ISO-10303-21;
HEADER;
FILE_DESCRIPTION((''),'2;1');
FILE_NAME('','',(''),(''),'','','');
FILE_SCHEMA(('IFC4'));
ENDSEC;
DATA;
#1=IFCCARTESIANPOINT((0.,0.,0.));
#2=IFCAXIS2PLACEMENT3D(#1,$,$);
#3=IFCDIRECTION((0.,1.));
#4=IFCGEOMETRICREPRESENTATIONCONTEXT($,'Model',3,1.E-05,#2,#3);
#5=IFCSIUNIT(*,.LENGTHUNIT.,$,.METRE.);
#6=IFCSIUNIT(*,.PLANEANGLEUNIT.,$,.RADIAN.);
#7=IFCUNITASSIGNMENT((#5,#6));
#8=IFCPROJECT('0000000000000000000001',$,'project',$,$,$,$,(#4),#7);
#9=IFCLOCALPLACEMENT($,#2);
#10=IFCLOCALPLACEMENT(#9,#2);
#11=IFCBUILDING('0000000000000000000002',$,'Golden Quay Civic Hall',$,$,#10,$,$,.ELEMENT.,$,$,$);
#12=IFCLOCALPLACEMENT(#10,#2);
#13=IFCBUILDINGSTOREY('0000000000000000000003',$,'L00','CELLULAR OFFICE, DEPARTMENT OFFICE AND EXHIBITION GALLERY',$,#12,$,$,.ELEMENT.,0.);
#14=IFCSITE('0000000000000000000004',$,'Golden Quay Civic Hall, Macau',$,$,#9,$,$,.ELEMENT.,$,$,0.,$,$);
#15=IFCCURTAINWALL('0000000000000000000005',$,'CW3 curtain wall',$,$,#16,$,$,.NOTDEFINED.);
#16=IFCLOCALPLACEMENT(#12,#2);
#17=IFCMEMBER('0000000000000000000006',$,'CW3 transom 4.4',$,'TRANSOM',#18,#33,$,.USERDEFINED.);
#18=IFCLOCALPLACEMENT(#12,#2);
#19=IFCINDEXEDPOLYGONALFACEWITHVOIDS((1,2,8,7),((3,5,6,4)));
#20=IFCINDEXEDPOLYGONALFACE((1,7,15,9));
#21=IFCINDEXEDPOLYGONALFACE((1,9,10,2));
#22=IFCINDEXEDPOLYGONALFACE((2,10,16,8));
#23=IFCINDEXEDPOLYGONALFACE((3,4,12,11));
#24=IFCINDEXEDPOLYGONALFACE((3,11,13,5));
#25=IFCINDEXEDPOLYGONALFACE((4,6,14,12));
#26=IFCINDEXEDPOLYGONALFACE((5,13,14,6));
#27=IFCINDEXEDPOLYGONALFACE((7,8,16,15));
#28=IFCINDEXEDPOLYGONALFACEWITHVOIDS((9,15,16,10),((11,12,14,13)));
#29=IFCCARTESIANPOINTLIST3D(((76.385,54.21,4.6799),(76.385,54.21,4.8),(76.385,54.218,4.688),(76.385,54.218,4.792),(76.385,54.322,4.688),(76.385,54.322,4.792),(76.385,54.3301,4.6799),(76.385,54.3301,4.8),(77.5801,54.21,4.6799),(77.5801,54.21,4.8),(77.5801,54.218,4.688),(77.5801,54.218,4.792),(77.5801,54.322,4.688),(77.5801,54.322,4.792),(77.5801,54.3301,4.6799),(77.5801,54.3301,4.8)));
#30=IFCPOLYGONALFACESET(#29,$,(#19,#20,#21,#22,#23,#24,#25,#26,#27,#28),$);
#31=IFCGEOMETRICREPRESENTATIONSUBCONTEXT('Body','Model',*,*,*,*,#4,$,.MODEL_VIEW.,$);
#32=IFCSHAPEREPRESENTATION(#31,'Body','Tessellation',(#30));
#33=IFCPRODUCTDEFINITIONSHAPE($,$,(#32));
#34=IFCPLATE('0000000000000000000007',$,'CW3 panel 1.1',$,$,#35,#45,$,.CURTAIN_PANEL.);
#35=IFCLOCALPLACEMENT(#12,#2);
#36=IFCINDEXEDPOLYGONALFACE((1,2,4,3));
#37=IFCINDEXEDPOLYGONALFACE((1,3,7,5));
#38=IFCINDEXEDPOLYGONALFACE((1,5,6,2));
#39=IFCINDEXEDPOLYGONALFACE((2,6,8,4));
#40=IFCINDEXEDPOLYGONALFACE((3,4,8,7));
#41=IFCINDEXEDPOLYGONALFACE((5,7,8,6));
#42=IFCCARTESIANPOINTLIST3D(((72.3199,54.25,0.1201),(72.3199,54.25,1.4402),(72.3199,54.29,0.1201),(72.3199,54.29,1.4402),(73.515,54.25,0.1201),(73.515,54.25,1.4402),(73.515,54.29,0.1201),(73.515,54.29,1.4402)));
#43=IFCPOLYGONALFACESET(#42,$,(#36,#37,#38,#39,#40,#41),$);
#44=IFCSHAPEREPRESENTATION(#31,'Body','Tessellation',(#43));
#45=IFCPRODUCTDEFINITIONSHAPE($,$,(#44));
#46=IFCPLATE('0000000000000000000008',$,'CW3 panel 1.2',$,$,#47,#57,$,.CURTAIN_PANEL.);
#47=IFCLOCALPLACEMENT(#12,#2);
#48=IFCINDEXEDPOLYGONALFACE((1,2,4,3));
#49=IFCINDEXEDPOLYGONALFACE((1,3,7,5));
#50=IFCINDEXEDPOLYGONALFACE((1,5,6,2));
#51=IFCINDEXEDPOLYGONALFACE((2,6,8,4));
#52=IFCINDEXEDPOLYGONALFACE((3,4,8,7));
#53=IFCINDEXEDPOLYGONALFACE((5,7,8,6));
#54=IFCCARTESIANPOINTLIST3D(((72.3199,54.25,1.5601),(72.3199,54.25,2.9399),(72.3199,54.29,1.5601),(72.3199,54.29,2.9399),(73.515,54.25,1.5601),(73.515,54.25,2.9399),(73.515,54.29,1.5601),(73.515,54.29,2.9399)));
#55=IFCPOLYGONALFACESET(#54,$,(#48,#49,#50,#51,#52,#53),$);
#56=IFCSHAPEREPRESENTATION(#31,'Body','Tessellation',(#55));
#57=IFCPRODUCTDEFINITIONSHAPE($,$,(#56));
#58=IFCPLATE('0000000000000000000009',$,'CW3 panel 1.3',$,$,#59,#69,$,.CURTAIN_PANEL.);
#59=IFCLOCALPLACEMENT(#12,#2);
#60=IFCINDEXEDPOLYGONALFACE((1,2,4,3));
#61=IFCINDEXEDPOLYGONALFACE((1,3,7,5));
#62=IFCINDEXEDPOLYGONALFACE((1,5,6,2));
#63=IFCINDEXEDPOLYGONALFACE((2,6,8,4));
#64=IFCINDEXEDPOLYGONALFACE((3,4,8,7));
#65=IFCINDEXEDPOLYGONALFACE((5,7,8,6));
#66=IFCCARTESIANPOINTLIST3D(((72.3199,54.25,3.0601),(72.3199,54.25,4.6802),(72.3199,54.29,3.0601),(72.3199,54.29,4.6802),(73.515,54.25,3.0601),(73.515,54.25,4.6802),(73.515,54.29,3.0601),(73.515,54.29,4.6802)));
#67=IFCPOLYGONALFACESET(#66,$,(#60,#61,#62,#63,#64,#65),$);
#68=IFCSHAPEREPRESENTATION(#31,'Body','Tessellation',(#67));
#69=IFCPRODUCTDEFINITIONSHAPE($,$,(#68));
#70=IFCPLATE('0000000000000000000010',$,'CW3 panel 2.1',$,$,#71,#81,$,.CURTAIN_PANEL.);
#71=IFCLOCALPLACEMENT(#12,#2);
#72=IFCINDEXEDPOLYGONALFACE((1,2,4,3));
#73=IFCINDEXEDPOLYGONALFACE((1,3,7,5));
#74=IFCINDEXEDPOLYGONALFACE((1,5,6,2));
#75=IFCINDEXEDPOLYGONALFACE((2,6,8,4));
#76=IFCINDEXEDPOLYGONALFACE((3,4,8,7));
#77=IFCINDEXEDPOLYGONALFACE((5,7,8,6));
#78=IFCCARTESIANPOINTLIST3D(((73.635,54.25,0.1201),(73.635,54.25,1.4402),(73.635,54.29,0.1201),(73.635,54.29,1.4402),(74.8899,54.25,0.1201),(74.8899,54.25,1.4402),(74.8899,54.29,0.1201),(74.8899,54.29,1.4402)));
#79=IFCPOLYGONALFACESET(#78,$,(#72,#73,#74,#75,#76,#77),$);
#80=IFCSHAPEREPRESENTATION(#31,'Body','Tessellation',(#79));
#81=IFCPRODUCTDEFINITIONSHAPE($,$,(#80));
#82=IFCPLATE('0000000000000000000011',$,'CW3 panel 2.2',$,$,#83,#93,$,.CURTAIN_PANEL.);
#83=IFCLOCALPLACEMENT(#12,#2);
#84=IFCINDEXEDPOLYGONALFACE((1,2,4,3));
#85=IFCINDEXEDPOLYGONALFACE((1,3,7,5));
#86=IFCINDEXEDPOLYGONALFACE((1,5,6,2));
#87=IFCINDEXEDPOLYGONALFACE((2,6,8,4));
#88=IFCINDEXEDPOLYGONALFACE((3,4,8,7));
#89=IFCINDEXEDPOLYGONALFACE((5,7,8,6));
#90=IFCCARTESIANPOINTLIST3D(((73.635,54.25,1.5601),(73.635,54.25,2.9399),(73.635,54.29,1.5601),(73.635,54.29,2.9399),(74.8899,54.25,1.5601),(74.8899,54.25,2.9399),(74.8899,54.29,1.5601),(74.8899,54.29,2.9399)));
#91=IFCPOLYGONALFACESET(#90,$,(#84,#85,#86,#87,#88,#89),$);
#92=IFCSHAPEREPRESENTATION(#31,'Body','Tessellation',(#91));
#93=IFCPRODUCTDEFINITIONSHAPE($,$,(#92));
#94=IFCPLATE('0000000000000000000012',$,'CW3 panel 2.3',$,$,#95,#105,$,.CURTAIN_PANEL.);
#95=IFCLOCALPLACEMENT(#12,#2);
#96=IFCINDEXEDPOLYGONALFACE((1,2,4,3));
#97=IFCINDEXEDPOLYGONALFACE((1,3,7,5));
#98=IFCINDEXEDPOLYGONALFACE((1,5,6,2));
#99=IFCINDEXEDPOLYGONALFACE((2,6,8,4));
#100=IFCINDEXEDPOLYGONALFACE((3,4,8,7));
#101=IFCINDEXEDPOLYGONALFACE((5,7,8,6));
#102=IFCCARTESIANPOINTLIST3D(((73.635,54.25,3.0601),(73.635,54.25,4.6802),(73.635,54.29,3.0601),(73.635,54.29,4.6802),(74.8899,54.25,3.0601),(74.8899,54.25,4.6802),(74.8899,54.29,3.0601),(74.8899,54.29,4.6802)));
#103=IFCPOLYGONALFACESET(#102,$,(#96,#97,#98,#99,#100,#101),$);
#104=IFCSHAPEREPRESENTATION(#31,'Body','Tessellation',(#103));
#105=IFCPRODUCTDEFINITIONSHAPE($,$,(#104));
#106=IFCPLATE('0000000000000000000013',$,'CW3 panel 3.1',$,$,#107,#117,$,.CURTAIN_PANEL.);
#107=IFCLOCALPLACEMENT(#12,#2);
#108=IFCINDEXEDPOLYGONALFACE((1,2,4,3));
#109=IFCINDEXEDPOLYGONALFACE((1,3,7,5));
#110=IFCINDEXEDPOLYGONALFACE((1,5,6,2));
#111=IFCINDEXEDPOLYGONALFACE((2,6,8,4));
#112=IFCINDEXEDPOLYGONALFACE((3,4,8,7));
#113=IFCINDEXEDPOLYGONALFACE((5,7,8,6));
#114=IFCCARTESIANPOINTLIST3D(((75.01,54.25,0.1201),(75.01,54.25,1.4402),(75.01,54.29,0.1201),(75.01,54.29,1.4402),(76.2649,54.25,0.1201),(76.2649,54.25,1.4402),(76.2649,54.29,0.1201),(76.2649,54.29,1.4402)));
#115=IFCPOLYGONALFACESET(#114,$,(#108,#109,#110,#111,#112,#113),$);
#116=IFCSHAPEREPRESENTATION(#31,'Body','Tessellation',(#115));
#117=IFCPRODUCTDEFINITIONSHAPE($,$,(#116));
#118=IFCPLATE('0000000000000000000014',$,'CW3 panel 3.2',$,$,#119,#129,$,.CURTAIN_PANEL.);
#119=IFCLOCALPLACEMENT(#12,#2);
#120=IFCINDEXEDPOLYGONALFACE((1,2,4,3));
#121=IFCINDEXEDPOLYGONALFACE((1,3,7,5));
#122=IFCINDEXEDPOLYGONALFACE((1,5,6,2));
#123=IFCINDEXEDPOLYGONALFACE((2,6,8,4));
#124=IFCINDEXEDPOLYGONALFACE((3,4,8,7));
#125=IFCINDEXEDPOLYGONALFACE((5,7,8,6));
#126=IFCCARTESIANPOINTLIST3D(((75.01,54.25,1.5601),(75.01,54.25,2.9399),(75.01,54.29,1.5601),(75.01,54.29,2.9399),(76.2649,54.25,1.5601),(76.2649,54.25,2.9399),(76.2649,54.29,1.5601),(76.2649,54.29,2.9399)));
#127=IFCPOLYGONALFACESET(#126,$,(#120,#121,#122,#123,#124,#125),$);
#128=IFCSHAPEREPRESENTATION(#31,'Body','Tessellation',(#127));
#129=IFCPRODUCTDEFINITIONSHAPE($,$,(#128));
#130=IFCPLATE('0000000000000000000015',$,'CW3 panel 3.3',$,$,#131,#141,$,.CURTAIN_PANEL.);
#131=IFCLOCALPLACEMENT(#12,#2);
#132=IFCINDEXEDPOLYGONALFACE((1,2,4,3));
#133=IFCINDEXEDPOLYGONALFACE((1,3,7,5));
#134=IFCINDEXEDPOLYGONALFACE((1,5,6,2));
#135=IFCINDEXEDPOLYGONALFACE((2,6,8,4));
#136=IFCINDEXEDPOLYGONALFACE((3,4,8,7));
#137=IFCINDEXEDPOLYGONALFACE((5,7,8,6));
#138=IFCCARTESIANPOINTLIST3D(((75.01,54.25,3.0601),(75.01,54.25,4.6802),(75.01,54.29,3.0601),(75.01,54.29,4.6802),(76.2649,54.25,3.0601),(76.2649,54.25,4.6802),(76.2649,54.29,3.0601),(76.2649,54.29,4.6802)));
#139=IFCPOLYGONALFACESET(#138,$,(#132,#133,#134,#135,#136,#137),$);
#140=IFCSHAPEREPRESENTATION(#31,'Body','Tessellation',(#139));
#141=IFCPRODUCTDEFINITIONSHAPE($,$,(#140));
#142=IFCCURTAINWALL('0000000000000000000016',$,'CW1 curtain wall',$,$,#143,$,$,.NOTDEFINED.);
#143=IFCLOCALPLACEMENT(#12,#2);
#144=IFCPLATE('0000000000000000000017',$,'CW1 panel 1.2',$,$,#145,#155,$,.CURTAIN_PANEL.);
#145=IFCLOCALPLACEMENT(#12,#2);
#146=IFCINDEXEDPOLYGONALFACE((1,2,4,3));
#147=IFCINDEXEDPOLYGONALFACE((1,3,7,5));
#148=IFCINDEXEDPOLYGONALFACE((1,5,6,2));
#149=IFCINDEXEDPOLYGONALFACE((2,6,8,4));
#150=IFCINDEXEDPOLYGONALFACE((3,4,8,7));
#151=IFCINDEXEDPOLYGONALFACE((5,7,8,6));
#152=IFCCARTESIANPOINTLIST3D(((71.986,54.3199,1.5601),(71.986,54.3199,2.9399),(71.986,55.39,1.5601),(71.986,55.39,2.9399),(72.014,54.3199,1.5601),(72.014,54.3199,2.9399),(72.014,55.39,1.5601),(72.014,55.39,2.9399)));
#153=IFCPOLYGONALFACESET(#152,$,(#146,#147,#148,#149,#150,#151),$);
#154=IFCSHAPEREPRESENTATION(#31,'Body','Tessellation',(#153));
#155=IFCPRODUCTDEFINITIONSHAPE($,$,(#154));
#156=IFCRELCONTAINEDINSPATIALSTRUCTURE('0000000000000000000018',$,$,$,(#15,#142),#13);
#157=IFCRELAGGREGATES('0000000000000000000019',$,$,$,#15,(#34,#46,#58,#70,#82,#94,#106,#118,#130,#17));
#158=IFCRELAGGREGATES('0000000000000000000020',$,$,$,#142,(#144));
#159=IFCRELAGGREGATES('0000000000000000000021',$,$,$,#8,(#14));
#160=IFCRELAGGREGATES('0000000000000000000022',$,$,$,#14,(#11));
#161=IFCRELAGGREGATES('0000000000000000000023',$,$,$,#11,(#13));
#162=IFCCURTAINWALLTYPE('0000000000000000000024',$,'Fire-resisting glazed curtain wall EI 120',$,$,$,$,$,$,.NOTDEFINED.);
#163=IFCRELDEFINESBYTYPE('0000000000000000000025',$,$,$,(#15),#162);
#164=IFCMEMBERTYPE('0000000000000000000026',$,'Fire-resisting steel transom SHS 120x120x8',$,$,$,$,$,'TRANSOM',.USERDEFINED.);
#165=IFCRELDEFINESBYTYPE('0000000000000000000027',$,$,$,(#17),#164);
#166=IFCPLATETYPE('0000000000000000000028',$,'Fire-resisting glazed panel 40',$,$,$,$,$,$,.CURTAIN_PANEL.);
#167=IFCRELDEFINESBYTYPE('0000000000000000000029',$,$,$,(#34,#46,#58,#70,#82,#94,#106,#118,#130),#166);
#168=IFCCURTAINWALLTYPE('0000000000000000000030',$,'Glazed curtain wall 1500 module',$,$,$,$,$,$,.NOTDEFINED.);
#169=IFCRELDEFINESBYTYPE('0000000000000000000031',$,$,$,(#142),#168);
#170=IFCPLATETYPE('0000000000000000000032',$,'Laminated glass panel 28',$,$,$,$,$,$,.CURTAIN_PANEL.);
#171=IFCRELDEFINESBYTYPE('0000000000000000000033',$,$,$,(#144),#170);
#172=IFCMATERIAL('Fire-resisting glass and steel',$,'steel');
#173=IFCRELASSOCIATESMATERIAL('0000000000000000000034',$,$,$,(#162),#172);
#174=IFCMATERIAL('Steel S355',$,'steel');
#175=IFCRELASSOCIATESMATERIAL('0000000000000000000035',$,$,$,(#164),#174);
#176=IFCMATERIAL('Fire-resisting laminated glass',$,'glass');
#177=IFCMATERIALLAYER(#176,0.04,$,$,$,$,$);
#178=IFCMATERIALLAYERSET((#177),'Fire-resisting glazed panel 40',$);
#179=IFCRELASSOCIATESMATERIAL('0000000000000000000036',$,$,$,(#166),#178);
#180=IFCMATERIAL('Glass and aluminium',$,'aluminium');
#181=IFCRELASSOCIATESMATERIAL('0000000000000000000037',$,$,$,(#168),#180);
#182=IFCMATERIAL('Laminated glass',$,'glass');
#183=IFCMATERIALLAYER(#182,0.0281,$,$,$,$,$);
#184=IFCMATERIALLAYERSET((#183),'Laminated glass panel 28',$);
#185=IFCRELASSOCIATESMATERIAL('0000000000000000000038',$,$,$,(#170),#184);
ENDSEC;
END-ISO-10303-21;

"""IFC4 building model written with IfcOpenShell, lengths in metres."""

from ifc_helpers import new_model, si_unit, direction, frame, origin, origin_2d, place, context, subcontext, project, spatial, rectangle, hollow_rectangle, extrude, material, layer, layer_set, material_profile, profile_set, type_object, element, aggregate, save


model = new_model("IFC4")

# Units and contexts
model_context = context("Model", 3, precision=1e-05, world=origin(), true_north=direction((0.0, 1.0)))
body_context = subcontext(model_context, "Body", "Model", "MODEL_VIEW")
ifc_project = project(units=[si_unit("LENGTHUNIT", "METRE"), si_unit("PLANEANGLEUNIT", "RADIAN")], contexts=[model_context])

# Site, building, storey
site_placement = place(None, origin())
site = spatial("IfcSite", under=ifc_project, at=site_placement, Name="Golden Quay Civic Hall, Macau", CompositionType="ELEMENT", RefElevation=0.0)
building_placement = place(site_placement, origin())
building = spatial("IfcBuilding", under=site, at=building_placement, Name="Golden Quay Civic Hall", CompositionType="ELEMENT")
storey_placement = place(building_placement, origin())
storey = spatial("IfcBuildingStorey", under=building, at=storey_placement, Name="L00", Description="CELLULAR OFFICE, DEPARTMENT OFFICE AND EXHIBITION GALLERY", CompositionType="ELEMENT", Elevation=0.0)

# Curtain wall, member, plates
ifc_material_1 = material(Name="Fire-resisting glass and steel", Category="steel")
curtain_wall_type_1 = type_object("IfcCurtainWallType", Name="Fire-resisting glazed curtain wall EI 120", PredefinedType="NOTDEFINED", material=ifc_material_1)
curtain_wall_1_placement = place(storey_placement, origin())
curtain_wall_1 = element("IfcCurtainWall", 1, at=curtain_wall_1_placement, inside=storey, type_object=curtain_wall_type_1, Name="CW3 curtain wall", PredefinedType="NOTDEFINED")
ifc_material_2 = material(Name="Steel S355", Category="steel")
ifc_material_profile_1 = material_profile(ifc_material_2, hollow_rectangle(XDim=0.1201, YDim=0.1201, WallThickness=0.0081, at=origin_2d()), Name="SHS 120x120x8")
ifc_profile_set_1 = profile_set([ifc_material_profile_1], Name="Steel S355")
member_type_1 = type_object("IfcMemberType", Name="Fire-resisting steel transom SHS 120x120x8", ElementType="TRANSOM", PredefinedType="USERDEFINED", material=ifc_profile_set_1)
member_1_placement = place(storey_placement, frame((76.385, 54.27, 4.74), z_axis=(1.0, 0.0, 0.0), x_axis=(0.0, 1.0, 0.0)))
member_1 = element("IfcMember", 2, at=member_1_placement, type_object=member_type_1, Name="CW3 transom 4.4", ObjectType="TRANSOM", PredefinedType="USERDEFINED", context=body_context, shape_type="SweptSolid", body=[
    extrude(hollow_rectangle(XDim=0.1201, YDim=0.1201, WallThickness=0.0081, at=origin_2d()), origin(), (0.0, 0.0, 1.0), 1.1951),
])
ifc_material_3 = material(Name="Fire-resisting laminated glass", Category="glass")
ifc_layer_1 = layer(ifc_material_3, 0.04)
ifc_layer_set_1 = layer_set([ifc_layer_1], Name="Fire-resisting glazed panel 40")
plate_type_1 = type_object("IfcPlateType", Name="Fire-resisting glazed panel 40", PredefinedType="CURTAIN_PANEL", material=ifc_layer_set_1)
plate_1_placement = place(storey_placement, frame((72.9175, 54.27, 0.1201), z_axis=(0.0, 0.0, 1.0), x_axis=(1.0, 0.0, 0.0)))
plate_1 = element("IfcPlate", 3, at=plate_1_placement, type_object=plate_type_1, Name="CW3 panel 1.1", PredefinedType="CURTAIN_PANEL", context=body_context, shape_type="SweptSolid", body=[
    extrude(rectangle(XDim=1.1951, YDim=0.04, at=origin_2d()), origin(), (0.0, 0.0, 1.0), 1.3201),
])
plate_2_placement = place(storey_placement, frame((72.9175, 54.27, 1.5601), z_axis=(0.0, 0.0, 1.0), x_axis=(1.0, 0.0, 0.0)))
plate_2 = element("IfcPlate", 4, at=plate_2_placement, type_object=plate_type_1, Name="CW3 panel 1.2", PredefinedType="CURTAIN_PANEL", context=body_context, shape_type="SweptSolid", body=[
    extrude(rectangle(XDim=1.1951, YDim=0.04, at=origin_2d()), origin(), (0.0, 0.0, 1.0), 1.3799),
])
plate_3_placement = place(storey_placement, frame((72.9175, 54.27, 3.0601), z_axis=(0.0, 0.0, 1.0), x_axis=(1.0, 0.0, 0.0)))
plate_3 = element("IfcPlate", 5, at=plate_3_placement, type_object=plate_type_1, Name="CW3 panel 1.3", PredefinedType="CURTAIN_PANEL", context=body_context, shape_type="SweptSolid", body=[
    extrude(rectangle(XDim=1.1951, YDim=0.04, at=origin_2d()), origin(), (0.0, 0.0, 1.0), 1.6201),
])
plate_4_placement = place(storey_placement, frame((74.2625, 54.27, 0.1201), z_axis=(0.0, 0.0, 1.0), x_axis=(1.0, 0.0, 0.0)))
plate_4 = element("IfcPlate", 6, at=plate_4_placement, type_object=plate_type_1, Name="CW3 panel 2.1", PredefinedType="CURTAIN_PANEL", context=body_context, shape_type="SweptSolid", body=[
    extrude(rectangle(XDim=1.2549, YDim=0.04, at=origin_2d()), origin(), (0.0, 0.0, 1.0), 1.3201),
])
plate_5_placement = place(storey_placement, frame((74.2625, 54.27, 1.5601), z_axis=(0.0, 0.0, 1.0), x_axis=(1.0, 0.0, 0.0)))
plate_5 = element("IfcPlate", 7, at=plate_5_placement, type_object=plate_type_1, Name="CW3 panel 2.2", PredefinedType="CURTAIN_PANEL", context=body_context, shape_type="SweptSolid", body=[
    extrude(rectangle(XDim=1.2549, YDim=0.04, at=origin_2d()), origin(), (0.0, 0.0, 1.0), 1.3799),
])
plate_6_placement = place(storey_placement, frame((74.2625, 54.27, 3.0601), z_axis=(0.0, 0.0, 1.0), x_axis=(1.0, 0.0, 0.0)))
plate_6 = element("IfcPlate", 8, at=plate_6_placement, type_object=plate_type_1, Name="CW3 panel 2.3", PredefinedType="CURTAIN_PANEL", context=body_context, shape_type="SweptSolid", body=[
    extrude(rectangle(XDim=1.2549, YDim=0.04, at=origin_2d()), origin(), (0.0, 0.0, 1.0), 1.6201),
])
plate_7_placement = place(storey_placement, frame((75.6375, 54.27, 0.1201), z_axis=(0.0, 0.0, 1.0), x_axis=(1.0, 0.0, 0.0)))
plate_7 = element("IfcPlate", 9, at=plate_7_placement, type_object=plate_type_1, Name="CW3 panel 3.1", PredefinedType="CURTAIN_PANEL", context=body_context, shape_type="SweptSolid", body=[
    extrude(rectangle(XDim=1.2549, YDim=0.04, at=origin_2d()), origin(), (0.0, 0.0, 1.0), 1.3201),
])
plate_8_placement = place(storey_placement, frame((75.6375, 54.27, 1.5601), z_axis=(0.0, 0.0, 1.0), x_axis=(1.0, 0.0, 0.0)))
plate_8 = element("IfcPlate", 10, at=plate_8_placement, type_object=plate_type_1, Name="CW3 panel 3.2", PredefinedType="CURTAIN_PANEL", context=body_context, shape_type="SweptSolid", body=[
    extrude(rectangle(XDim=1.2549, YDim=0.04, at=origin_2d()), origin(), (0.0, 0.0, 1.0), 1.3799),
])
plate_9_placement = place(storey_placement, frame((75.6375, 54.27, 3.0601), z_axis=(0.0, 0.0, 1.0), x_axis=(1.0, 0.0, 0.0)))
plate_9 = element("IfcPlate", 11, at=plate_9_placement, type_object=plate_type_1, Name="CW3 panel 3.3", PredefinedType="CURTAIN_PANEL", context=body_context, shape_type="SweptSolid", body=[
    extrude(rectangle(XDim=1.2549, YDim=0.04, at=origin_2d()), origin(), (0.0, 0.0, 1.0), 1.6201),
])
aggregate(curtain_wall_1, [plate_1, plate_2, plate_3, plate_4, plate_5, plate_6, plate_7, plate_8, plate_9, member_1])

# Curtain wall, plate
ifc_material_4 = material(Name="Glass and aluminium", Category="aluminium")
curtain_wall_type_2 = type_object("IfcCurtainWallType", Name="Glazed curtain wall 1500 module", PredefinedType="NOTDEFINED", material=ifc_material_4)
curtain_wall_2_placement = place(storey_placement, origin())
curtain_wall_2 = element("IfcCurtainWall", 12, at=curtain_wall_2_placement, inside=storey, type_object=curtain_wall_type_2, Name="CW1 curtain wall", PredefinedType="NOTDEFINED")
ifc_material_5 = material(Name="Laminated glass", Category="glass")
ifc_layer_2 = layer(ifc_material_5, 0.0281)
ifc_layer_set_2 = layer_set([ifc_layer_2], Name="Laminated glass panel 28")
plate_type_2 = type_object("IfcPlateType", Name="Laminated glass panel 28", PredefinedType="CURTAIN_PANEL", material=ifc_layer_set_2)
plate_10_placement = place(storey_placement, frame((72.0, 54.855, 1.5601), z_axis=(0.0, 0.0, 1.0), x_axis=(0.0, 1.0, 0.0)))
plate_10 = element("IfcPlate", 13, at=plate_10_placement, type_object=plate_type_2, Name="CW1 panel 1.2", PredefinedType="CURTAIN_PANEL", context=body_context, shape_type="SweptSolid", body=[
    extrude(rectangle(XDim=1.0701, YDim=0.0281, at=origin_2d()), origin(), (0.0, 0.0, 1.0), 1.3799),
])
aggregate(curtain_wall_2, [plate_10])

save(model, "model.ifc")
